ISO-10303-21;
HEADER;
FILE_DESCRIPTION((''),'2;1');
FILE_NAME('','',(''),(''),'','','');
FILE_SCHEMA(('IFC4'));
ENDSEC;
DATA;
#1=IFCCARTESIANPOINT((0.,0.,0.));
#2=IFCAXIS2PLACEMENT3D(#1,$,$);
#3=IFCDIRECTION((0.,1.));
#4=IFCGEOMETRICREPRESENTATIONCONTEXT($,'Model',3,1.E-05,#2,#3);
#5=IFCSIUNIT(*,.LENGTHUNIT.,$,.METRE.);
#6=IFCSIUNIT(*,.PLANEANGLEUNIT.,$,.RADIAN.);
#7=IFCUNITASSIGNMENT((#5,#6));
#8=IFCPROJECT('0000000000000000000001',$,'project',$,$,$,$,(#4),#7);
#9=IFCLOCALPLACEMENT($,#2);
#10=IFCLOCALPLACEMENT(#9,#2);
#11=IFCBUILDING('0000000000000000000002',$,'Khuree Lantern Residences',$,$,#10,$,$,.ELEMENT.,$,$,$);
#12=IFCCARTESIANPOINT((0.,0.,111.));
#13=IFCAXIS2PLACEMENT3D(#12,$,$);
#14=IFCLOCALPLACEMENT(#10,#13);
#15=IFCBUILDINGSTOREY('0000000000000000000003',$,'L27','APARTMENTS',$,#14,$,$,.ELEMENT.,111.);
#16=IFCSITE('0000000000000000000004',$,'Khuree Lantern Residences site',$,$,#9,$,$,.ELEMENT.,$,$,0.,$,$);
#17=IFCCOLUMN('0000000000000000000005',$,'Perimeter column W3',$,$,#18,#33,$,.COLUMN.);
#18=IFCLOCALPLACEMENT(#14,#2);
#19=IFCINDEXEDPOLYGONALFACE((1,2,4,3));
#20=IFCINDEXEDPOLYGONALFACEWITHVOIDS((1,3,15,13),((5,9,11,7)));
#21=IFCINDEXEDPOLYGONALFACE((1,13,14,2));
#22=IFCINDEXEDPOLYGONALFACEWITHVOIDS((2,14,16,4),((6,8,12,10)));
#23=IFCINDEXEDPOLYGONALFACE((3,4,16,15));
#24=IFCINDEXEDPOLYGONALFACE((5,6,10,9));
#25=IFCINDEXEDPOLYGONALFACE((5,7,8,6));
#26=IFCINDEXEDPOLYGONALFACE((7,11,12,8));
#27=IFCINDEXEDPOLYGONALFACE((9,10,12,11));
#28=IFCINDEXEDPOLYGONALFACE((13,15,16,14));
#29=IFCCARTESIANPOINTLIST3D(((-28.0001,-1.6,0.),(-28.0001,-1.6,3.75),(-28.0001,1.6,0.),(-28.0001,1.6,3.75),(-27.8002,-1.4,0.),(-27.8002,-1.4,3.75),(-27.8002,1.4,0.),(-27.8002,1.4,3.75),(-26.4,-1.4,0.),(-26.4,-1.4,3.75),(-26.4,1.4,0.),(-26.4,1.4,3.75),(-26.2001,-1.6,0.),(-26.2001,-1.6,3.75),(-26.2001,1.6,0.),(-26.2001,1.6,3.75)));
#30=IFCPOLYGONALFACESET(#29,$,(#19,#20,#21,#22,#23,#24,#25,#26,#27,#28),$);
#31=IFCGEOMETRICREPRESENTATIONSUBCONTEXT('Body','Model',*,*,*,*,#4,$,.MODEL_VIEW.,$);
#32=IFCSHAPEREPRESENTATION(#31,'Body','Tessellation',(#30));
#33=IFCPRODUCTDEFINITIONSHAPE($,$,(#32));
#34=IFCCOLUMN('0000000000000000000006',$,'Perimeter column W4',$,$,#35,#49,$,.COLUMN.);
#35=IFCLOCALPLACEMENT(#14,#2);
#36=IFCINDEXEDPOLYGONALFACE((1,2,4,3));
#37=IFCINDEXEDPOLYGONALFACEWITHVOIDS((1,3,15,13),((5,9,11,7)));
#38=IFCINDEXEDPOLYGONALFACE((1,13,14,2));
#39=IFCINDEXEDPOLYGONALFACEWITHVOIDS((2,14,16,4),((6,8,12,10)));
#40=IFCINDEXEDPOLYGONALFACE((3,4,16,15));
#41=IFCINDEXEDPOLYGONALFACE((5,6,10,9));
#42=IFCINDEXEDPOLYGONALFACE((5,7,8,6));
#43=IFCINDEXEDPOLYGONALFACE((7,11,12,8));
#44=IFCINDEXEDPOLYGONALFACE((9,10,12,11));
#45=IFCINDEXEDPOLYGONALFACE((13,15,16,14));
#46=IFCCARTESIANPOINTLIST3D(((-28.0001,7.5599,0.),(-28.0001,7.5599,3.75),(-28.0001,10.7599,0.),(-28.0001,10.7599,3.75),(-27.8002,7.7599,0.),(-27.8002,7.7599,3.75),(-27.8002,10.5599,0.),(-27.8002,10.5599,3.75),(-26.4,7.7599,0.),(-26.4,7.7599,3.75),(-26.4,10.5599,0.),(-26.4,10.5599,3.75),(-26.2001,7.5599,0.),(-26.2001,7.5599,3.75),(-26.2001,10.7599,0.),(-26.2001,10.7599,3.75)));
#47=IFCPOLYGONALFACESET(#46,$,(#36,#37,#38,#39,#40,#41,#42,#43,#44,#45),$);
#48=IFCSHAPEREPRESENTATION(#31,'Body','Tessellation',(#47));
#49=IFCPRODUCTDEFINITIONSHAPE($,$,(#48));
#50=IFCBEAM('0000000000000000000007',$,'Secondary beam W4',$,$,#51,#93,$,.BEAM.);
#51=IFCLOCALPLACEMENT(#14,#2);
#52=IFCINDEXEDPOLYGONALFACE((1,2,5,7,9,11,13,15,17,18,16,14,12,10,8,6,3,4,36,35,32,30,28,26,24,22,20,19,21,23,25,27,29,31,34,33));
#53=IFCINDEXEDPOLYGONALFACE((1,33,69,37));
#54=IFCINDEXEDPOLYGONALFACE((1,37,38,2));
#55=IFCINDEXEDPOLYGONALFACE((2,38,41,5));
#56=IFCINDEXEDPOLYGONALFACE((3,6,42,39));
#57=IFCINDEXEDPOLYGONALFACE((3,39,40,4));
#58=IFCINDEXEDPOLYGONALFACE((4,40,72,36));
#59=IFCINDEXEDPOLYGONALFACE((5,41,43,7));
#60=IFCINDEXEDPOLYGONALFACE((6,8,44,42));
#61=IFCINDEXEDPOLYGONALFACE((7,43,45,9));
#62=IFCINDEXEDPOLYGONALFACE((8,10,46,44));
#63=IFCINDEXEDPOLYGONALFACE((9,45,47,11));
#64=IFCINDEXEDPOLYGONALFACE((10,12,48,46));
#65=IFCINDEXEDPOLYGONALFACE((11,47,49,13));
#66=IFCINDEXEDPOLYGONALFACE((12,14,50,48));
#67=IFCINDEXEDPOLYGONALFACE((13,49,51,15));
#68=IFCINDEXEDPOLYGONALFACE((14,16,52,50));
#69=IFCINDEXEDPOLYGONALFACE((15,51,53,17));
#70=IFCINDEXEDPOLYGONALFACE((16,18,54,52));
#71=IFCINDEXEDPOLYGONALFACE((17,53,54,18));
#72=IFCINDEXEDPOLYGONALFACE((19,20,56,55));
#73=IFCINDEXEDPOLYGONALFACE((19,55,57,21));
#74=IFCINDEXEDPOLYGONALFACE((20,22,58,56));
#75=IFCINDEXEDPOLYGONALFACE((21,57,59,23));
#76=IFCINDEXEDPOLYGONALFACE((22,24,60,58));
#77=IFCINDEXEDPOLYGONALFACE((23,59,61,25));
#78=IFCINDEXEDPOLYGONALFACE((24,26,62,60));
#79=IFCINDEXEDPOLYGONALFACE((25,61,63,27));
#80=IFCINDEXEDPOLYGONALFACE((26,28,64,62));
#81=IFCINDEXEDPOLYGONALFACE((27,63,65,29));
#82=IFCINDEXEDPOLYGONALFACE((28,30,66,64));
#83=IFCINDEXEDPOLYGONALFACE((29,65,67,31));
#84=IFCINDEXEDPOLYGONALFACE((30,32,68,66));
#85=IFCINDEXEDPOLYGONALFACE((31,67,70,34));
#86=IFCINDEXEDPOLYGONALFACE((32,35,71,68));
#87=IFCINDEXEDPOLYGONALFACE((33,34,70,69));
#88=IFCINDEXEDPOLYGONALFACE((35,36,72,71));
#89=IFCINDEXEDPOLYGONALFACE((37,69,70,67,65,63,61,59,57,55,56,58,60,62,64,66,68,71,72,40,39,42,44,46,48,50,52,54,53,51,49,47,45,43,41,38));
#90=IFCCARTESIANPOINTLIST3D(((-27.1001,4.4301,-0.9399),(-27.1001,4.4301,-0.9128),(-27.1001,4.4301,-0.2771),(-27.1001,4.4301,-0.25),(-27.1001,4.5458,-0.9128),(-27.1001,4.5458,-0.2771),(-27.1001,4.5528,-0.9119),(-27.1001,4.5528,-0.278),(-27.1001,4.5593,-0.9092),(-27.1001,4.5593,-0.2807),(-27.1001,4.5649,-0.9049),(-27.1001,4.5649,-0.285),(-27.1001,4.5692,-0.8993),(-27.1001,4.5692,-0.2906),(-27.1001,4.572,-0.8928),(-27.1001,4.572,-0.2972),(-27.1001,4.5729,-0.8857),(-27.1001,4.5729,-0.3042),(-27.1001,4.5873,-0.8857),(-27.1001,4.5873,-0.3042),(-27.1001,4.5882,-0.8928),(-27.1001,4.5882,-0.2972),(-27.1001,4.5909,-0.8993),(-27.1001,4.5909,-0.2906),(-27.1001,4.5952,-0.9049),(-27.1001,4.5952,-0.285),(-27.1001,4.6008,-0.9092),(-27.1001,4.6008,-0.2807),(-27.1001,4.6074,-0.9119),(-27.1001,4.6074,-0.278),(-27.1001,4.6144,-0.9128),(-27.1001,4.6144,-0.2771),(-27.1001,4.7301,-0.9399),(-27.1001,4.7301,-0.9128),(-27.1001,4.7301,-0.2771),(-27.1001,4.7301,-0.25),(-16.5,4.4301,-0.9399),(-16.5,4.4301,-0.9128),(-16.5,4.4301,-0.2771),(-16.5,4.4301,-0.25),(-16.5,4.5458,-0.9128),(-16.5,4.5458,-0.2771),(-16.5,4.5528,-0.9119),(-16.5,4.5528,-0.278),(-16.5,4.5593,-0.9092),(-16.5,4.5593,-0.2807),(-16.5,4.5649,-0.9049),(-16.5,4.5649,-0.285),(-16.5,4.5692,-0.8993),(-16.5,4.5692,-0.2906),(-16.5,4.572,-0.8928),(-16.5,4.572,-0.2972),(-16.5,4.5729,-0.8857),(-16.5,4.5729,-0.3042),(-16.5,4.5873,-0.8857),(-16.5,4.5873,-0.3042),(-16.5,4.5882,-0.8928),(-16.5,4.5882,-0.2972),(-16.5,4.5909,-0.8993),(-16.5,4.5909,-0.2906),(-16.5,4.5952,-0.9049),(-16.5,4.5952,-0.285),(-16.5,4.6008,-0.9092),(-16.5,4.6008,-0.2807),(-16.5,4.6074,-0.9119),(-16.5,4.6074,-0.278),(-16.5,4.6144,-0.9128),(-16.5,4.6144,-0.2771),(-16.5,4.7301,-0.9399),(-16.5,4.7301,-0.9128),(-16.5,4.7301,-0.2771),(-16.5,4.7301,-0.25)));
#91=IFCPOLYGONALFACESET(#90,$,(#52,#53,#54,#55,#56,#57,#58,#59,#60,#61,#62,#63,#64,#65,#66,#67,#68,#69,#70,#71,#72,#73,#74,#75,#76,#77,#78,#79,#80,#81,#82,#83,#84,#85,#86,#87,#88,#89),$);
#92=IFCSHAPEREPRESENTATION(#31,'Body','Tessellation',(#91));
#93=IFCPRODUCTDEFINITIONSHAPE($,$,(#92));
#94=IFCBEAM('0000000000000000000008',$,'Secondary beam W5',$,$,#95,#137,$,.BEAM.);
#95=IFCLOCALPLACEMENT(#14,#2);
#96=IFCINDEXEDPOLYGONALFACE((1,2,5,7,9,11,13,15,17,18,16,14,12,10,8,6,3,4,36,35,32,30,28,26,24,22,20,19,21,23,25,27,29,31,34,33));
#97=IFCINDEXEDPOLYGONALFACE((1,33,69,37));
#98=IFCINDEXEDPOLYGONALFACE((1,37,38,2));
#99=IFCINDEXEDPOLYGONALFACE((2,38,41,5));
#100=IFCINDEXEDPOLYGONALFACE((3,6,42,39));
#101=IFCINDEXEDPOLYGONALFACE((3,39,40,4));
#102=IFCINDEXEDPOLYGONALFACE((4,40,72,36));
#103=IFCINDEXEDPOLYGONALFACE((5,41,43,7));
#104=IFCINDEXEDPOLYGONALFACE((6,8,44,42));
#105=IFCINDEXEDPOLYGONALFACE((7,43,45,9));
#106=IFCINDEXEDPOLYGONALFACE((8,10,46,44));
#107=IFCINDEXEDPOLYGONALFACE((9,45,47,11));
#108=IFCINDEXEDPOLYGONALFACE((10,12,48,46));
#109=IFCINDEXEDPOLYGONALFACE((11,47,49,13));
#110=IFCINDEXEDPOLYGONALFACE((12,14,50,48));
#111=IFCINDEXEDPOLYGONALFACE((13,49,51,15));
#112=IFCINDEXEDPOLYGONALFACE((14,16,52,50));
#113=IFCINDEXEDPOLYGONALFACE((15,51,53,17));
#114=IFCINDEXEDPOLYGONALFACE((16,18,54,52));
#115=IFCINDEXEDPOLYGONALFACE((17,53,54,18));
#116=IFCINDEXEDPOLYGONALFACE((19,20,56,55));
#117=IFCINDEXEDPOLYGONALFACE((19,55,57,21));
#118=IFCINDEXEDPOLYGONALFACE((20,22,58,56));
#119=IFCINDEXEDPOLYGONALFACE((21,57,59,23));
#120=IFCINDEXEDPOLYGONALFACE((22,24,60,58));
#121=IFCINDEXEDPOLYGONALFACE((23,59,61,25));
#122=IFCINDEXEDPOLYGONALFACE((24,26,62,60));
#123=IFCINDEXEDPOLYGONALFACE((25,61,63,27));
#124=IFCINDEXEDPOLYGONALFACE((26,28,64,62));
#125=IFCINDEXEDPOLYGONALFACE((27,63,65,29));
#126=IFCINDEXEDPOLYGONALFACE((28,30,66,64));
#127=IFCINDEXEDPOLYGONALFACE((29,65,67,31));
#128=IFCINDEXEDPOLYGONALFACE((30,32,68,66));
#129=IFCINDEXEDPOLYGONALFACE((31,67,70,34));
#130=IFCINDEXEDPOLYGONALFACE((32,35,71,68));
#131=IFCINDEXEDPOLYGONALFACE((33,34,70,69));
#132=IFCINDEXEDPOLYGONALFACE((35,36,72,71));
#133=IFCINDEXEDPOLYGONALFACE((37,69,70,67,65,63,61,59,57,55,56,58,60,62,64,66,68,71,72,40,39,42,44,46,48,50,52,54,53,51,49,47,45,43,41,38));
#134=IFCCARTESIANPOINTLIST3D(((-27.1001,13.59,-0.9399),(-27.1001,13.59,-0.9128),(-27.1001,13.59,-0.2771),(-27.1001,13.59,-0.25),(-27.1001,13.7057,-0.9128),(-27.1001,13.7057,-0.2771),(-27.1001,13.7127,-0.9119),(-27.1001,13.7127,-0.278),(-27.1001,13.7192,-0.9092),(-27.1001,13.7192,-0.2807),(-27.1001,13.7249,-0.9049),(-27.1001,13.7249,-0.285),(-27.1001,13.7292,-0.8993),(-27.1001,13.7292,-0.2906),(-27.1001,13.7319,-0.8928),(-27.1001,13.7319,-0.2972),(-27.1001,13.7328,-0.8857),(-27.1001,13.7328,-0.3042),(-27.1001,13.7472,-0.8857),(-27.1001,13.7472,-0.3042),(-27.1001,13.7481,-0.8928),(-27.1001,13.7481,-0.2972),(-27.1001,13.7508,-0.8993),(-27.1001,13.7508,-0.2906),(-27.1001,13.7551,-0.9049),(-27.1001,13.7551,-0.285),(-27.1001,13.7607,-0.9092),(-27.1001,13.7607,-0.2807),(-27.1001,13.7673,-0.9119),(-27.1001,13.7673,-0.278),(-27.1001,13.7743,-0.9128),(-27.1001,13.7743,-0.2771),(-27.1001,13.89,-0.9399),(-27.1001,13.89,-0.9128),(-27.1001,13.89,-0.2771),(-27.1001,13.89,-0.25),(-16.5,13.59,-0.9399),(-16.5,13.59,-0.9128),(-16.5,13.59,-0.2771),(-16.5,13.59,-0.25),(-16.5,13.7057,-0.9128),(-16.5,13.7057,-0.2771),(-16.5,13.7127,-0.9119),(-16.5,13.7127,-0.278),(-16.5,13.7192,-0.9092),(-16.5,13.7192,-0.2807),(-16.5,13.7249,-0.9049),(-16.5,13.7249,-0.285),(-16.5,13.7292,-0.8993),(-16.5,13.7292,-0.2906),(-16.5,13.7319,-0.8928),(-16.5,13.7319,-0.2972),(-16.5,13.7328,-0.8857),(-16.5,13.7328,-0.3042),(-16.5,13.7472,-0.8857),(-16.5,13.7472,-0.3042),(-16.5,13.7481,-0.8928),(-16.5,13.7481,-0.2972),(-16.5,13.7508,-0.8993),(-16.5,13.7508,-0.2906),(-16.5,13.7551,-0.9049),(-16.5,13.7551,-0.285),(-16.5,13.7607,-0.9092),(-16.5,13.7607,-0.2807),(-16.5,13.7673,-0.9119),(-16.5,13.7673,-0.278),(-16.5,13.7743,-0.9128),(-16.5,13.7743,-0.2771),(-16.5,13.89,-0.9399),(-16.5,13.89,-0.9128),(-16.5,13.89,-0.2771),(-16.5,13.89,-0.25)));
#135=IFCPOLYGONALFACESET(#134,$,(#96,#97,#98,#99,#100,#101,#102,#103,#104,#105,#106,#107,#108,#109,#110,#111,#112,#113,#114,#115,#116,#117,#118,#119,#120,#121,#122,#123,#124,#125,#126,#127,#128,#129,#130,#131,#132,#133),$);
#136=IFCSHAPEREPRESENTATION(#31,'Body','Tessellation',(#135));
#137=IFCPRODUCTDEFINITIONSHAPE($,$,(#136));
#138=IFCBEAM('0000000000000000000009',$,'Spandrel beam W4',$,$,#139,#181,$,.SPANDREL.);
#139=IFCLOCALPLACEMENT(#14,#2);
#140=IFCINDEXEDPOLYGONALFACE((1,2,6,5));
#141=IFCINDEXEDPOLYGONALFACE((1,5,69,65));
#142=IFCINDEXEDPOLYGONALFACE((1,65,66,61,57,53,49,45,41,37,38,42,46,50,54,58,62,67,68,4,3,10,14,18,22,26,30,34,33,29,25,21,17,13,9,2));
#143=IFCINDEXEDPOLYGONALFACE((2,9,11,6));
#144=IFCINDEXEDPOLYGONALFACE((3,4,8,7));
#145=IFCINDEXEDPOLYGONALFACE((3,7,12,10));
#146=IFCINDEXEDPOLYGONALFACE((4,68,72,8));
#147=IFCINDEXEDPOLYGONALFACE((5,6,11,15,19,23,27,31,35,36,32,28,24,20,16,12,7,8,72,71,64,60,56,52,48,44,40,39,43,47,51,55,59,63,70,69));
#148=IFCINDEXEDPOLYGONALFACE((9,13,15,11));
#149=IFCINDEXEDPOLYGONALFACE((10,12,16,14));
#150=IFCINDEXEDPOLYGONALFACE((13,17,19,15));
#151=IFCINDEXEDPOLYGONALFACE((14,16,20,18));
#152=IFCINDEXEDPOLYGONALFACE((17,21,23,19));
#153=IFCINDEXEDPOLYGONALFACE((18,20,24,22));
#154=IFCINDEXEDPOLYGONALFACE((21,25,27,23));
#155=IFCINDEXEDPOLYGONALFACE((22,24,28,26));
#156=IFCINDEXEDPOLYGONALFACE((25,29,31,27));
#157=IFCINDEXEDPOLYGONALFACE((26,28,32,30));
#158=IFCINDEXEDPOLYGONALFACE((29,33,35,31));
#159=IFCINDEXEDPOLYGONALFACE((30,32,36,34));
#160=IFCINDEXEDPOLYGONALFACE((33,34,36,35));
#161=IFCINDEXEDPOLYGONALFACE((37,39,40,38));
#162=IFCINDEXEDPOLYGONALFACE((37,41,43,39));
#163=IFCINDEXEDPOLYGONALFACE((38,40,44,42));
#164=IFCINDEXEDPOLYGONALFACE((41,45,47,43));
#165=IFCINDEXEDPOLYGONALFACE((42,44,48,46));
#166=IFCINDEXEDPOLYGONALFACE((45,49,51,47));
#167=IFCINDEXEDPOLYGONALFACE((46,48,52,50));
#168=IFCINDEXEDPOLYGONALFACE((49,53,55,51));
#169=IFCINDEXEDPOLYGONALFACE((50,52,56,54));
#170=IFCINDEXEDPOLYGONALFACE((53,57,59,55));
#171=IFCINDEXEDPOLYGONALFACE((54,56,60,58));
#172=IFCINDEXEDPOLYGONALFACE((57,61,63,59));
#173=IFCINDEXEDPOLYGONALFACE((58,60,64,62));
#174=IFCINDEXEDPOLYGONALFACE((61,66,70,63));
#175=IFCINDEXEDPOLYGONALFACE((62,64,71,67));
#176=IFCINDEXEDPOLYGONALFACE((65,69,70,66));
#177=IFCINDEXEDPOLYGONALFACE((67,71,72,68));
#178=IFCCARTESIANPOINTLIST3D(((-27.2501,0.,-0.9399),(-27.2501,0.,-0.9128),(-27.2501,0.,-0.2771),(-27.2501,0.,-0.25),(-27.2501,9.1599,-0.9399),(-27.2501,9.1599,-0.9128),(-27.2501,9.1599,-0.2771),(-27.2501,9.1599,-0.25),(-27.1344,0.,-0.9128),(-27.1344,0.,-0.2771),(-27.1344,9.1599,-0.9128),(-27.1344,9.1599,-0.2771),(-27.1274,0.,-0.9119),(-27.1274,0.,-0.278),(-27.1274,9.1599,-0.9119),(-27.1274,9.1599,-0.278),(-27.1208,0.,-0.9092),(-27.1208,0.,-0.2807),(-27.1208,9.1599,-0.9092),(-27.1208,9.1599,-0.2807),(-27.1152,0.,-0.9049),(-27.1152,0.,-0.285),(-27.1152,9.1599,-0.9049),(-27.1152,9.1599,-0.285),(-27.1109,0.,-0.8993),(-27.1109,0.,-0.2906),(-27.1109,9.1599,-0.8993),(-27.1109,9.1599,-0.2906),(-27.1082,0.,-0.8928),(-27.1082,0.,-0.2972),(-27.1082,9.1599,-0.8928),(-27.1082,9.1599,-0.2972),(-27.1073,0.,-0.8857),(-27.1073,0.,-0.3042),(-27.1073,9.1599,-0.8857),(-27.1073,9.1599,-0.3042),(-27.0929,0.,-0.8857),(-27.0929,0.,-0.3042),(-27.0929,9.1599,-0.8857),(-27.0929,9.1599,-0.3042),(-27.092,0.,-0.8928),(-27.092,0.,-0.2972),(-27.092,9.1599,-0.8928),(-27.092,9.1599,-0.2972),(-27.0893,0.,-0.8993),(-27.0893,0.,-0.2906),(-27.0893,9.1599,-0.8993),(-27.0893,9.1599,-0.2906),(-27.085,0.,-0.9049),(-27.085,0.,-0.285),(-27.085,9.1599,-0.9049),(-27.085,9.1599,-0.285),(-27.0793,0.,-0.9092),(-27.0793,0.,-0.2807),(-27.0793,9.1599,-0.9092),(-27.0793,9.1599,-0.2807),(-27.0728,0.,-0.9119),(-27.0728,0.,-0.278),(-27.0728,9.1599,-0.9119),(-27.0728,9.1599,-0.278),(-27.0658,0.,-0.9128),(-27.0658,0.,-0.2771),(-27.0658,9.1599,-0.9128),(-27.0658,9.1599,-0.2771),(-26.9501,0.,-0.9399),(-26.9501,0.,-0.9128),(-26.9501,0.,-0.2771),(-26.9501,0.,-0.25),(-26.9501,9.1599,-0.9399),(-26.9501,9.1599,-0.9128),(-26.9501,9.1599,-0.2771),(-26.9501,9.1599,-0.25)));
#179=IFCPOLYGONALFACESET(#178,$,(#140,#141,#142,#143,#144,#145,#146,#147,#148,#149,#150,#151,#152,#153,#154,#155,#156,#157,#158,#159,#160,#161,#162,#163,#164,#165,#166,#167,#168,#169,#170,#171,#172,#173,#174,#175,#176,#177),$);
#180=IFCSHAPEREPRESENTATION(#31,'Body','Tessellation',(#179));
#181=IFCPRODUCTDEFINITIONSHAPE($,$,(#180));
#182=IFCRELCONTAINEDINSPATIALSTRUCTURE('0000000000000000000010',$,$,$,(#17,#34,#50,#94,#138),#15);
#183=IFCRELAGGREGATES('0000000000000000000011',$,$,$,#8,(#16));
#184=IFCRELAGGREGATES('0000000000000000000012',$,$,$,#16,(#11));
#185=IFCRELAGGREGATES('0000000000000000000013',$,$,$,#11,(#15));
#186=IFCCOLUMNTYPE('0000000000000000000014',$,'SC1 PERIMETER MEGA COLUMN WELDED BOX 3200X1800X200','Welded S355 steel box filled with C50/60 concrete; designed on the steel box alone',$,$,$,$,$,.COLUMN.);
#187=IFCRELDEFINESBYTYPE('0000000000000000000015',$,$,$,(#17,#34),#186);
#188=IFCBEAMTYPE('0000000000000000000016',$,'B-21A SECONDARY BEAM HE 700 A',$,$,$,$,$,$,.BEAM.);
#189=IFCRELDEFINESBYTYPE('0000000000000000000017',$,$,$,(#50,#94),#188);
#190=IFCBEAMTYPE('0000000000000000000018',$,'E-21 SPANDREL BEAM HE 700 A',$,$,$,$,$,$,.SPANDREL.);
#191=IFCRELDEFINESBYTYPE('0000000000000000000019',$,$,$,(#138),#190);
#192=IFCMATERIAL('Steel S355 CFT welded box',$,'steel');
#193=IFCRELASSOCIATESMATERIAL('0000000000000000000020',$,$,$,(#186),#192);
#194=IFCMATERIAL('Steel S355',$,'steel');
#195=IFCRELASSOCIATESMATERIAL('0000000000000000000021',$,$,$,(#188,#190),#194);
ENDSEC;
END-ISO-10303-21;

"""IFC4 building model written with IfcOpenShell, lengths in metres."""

from ifc_helpers import new_model, si_unit, direction, frame, origin, origin_2d, place, context, subcontext, project, spatial, hollow_rectangle, i_section, extrude, material, material_profile, profile_set, type_object, element, save


model = new_model("IFC4")

# Units and contexts
model_context = context("Model", 3, precision=1e-05, world=origin(), true_north=direction((0.0, 1.0)))
body_context = subcontext(model_context, "Body", "Model", "MODEL_VIEW")
ifc_project = project(units=[si_unit("LENGTHUNIT", "METRE"), si_unit("PLANEANGLEUNIT", "RADIAN")], contexts=[model_context])

# Site, building, storey
site_placement = place(None, origin())
site = spatial("IfcSite", under=ifc_project, at=site_placement, Name="Khuree Lantern Residences site", CompositionType="ELEMENT", RefElevation=0.0)
building_placement = place(site_placement, origin())
building = spatial("IfcBuilding", under=site, at=building_placement, Name="Khuree Lantern Residences", CompositionType="ELEMENT")
storey_placement = place(building_placement, frame((0.0, 0.0, 111.0)))
storey = spatial("IfcBuildingStorey", under=building, at=storey_placement, Name="L27", Description="APARTMENTS", CompositionType="ELEMENT", Elevation=111.0)

# Columns
ifc_material_1 = material(Name="Steel S355 CFT welded box", Category="steel")
ifc_material_profile_1 = material_profile(ifc_material_1, hollow_rectangle(XDim=3.2, YDim=1.8, WallThickness=0.2, at=origin_2d()), Name="WELDED BOX 3200X1800X200")
ifc_profile_set_1 = profile_set([ifc_material_profile_1], Name="Steel S355 CFT welded box")
column_type = type_object("IfcColumnType", Name="SC1 PERIMETER MEGA COLUMN WELDED BOX 3200X1800X200", Description="Welded S355 steel box filled with C50/60 concrete; designed on the steel box alone", PredefinedType="COLUMN", material=ifc_profile_set_1)
for number, where, z_axis, x_axis, name in (
    (1, (-27.1001, 0.0, 0.0), (0.0, 0.0, 1.0), (0.0, 1.0, 0.0), "Perimeter column W3"),
    (2, (-27.1001, 9.1599, 0.0), (0.0, 0.0, 1.0), (0.0, 1.0, 0.0), "Perimeter column W4"),
):
    element("IfcColumn", number, at=place(storey_placement, frame(where, z_axis=z_axis, x_axis=x_axis)), inside=storey, type_object=column_type, Name=name, PredefinedType="COLUMN", context=body_context, shape_type="SweptSolid", body=[
        extrude(hollow_rectangle(XDim=3.2, YDim=1.8, WallThickness=0.2, at=origin_2d()), origin(), (0.0, 0.0, 1.0), 3.75),
    ])

# Beams
ifc_material_2 = material(Name="Steel S355", Category="steel")
ifc_material_profile_2 = material_profile(ifc_material_2, i_section(OverallWidth=0.3, OverallDepth=0.6899, WebThickness=0.0144, FlangeThickness=0.0271, FilletRadius=0.0271, at=origin_2d()), Name="HE 700 A")
ifc_profile_set_2 = profile_set([ifc_material_profile_2], Name="Steel S355")
beam_type_1 = type_object("IfcBeamType", Name="B-21A SECONDARY BEAM HE 700 A", PredefinedType="BEAM", material=ifc_profile_set_2)
for number, where, z_axis, x_axis, name in (
    (3, (-27.1001, 4.5801, -0.595), (1.0, 0.0, 0.0), (0.0, 1.0, 0.0), "Secondary beam W4"),
    (4, (-27.1001, 13.74, -0.595), (1.0, 0.0, 0.0), (0.0, 1.0, 0.0), "Secondary beam W5"),
):
    element("IfcBeam", number, at=place(storey_placement, frame(where, z_axis=z_axis, x_axis=x_axis)), inside=storey, type_object=beam_type_1, Name=name, PredefinedType="BEAM", context=body_context, shape_type="SweptSolid", body=[
        extrude(i_section(OverallWidth=0.3, OverallDepth=0.6899, WebThickness=0.0144, FlangeThickness=0.0271, FilletRadius=0.0271, at=origin_2d()), origin(), (0.0, 0.0, 1.0), 10.6001),
    ])
ifc_material_profile_3 = material_profile(ifc_material_2, i_section(OverallWidth=0.3, OverallDepth=0.6899, WebThickness=0.0144, FlangeThickness=0.0271, FilletRadius=0.0271, at=origin_2d()), Name="HE 700 A")
ifc_profile_set_3 = profile_set([ifc_material_profile_3], Name="Steel S355")
beam_type_2 = type_object("IfcBeamType", Name="E-21 SPANDREL BEAM HE 700 A", PredefinedType="SPANDREL", material=ifc_profile_set_3)
beam_1_placement = place(storey_placement, frame((-27.1001, 0.0, -0.595), z_axis=(0.0, 1.0, 0.0), x_axis=(-1.0, 0.0, 0.0)))
element("IfcBeam", 5, at=beam_1_placement, inside=storey, type_object=beam_type_2, Name="Spandrel beam W4", PredefinedType="SPANDREL", context=body_context, shape_type="SweptSolid", body=[
    extrude(i_section(OverallWidth=0.3, OverallDepth=0.6899, WebThickness=0.0144, FlangeThickness=0.0271, FilletRadius=0.0271, at=origin_2d()), origin(), (0.0, 0.0, 1.0), 9.1599),
])

save(model, "model.ifc")
